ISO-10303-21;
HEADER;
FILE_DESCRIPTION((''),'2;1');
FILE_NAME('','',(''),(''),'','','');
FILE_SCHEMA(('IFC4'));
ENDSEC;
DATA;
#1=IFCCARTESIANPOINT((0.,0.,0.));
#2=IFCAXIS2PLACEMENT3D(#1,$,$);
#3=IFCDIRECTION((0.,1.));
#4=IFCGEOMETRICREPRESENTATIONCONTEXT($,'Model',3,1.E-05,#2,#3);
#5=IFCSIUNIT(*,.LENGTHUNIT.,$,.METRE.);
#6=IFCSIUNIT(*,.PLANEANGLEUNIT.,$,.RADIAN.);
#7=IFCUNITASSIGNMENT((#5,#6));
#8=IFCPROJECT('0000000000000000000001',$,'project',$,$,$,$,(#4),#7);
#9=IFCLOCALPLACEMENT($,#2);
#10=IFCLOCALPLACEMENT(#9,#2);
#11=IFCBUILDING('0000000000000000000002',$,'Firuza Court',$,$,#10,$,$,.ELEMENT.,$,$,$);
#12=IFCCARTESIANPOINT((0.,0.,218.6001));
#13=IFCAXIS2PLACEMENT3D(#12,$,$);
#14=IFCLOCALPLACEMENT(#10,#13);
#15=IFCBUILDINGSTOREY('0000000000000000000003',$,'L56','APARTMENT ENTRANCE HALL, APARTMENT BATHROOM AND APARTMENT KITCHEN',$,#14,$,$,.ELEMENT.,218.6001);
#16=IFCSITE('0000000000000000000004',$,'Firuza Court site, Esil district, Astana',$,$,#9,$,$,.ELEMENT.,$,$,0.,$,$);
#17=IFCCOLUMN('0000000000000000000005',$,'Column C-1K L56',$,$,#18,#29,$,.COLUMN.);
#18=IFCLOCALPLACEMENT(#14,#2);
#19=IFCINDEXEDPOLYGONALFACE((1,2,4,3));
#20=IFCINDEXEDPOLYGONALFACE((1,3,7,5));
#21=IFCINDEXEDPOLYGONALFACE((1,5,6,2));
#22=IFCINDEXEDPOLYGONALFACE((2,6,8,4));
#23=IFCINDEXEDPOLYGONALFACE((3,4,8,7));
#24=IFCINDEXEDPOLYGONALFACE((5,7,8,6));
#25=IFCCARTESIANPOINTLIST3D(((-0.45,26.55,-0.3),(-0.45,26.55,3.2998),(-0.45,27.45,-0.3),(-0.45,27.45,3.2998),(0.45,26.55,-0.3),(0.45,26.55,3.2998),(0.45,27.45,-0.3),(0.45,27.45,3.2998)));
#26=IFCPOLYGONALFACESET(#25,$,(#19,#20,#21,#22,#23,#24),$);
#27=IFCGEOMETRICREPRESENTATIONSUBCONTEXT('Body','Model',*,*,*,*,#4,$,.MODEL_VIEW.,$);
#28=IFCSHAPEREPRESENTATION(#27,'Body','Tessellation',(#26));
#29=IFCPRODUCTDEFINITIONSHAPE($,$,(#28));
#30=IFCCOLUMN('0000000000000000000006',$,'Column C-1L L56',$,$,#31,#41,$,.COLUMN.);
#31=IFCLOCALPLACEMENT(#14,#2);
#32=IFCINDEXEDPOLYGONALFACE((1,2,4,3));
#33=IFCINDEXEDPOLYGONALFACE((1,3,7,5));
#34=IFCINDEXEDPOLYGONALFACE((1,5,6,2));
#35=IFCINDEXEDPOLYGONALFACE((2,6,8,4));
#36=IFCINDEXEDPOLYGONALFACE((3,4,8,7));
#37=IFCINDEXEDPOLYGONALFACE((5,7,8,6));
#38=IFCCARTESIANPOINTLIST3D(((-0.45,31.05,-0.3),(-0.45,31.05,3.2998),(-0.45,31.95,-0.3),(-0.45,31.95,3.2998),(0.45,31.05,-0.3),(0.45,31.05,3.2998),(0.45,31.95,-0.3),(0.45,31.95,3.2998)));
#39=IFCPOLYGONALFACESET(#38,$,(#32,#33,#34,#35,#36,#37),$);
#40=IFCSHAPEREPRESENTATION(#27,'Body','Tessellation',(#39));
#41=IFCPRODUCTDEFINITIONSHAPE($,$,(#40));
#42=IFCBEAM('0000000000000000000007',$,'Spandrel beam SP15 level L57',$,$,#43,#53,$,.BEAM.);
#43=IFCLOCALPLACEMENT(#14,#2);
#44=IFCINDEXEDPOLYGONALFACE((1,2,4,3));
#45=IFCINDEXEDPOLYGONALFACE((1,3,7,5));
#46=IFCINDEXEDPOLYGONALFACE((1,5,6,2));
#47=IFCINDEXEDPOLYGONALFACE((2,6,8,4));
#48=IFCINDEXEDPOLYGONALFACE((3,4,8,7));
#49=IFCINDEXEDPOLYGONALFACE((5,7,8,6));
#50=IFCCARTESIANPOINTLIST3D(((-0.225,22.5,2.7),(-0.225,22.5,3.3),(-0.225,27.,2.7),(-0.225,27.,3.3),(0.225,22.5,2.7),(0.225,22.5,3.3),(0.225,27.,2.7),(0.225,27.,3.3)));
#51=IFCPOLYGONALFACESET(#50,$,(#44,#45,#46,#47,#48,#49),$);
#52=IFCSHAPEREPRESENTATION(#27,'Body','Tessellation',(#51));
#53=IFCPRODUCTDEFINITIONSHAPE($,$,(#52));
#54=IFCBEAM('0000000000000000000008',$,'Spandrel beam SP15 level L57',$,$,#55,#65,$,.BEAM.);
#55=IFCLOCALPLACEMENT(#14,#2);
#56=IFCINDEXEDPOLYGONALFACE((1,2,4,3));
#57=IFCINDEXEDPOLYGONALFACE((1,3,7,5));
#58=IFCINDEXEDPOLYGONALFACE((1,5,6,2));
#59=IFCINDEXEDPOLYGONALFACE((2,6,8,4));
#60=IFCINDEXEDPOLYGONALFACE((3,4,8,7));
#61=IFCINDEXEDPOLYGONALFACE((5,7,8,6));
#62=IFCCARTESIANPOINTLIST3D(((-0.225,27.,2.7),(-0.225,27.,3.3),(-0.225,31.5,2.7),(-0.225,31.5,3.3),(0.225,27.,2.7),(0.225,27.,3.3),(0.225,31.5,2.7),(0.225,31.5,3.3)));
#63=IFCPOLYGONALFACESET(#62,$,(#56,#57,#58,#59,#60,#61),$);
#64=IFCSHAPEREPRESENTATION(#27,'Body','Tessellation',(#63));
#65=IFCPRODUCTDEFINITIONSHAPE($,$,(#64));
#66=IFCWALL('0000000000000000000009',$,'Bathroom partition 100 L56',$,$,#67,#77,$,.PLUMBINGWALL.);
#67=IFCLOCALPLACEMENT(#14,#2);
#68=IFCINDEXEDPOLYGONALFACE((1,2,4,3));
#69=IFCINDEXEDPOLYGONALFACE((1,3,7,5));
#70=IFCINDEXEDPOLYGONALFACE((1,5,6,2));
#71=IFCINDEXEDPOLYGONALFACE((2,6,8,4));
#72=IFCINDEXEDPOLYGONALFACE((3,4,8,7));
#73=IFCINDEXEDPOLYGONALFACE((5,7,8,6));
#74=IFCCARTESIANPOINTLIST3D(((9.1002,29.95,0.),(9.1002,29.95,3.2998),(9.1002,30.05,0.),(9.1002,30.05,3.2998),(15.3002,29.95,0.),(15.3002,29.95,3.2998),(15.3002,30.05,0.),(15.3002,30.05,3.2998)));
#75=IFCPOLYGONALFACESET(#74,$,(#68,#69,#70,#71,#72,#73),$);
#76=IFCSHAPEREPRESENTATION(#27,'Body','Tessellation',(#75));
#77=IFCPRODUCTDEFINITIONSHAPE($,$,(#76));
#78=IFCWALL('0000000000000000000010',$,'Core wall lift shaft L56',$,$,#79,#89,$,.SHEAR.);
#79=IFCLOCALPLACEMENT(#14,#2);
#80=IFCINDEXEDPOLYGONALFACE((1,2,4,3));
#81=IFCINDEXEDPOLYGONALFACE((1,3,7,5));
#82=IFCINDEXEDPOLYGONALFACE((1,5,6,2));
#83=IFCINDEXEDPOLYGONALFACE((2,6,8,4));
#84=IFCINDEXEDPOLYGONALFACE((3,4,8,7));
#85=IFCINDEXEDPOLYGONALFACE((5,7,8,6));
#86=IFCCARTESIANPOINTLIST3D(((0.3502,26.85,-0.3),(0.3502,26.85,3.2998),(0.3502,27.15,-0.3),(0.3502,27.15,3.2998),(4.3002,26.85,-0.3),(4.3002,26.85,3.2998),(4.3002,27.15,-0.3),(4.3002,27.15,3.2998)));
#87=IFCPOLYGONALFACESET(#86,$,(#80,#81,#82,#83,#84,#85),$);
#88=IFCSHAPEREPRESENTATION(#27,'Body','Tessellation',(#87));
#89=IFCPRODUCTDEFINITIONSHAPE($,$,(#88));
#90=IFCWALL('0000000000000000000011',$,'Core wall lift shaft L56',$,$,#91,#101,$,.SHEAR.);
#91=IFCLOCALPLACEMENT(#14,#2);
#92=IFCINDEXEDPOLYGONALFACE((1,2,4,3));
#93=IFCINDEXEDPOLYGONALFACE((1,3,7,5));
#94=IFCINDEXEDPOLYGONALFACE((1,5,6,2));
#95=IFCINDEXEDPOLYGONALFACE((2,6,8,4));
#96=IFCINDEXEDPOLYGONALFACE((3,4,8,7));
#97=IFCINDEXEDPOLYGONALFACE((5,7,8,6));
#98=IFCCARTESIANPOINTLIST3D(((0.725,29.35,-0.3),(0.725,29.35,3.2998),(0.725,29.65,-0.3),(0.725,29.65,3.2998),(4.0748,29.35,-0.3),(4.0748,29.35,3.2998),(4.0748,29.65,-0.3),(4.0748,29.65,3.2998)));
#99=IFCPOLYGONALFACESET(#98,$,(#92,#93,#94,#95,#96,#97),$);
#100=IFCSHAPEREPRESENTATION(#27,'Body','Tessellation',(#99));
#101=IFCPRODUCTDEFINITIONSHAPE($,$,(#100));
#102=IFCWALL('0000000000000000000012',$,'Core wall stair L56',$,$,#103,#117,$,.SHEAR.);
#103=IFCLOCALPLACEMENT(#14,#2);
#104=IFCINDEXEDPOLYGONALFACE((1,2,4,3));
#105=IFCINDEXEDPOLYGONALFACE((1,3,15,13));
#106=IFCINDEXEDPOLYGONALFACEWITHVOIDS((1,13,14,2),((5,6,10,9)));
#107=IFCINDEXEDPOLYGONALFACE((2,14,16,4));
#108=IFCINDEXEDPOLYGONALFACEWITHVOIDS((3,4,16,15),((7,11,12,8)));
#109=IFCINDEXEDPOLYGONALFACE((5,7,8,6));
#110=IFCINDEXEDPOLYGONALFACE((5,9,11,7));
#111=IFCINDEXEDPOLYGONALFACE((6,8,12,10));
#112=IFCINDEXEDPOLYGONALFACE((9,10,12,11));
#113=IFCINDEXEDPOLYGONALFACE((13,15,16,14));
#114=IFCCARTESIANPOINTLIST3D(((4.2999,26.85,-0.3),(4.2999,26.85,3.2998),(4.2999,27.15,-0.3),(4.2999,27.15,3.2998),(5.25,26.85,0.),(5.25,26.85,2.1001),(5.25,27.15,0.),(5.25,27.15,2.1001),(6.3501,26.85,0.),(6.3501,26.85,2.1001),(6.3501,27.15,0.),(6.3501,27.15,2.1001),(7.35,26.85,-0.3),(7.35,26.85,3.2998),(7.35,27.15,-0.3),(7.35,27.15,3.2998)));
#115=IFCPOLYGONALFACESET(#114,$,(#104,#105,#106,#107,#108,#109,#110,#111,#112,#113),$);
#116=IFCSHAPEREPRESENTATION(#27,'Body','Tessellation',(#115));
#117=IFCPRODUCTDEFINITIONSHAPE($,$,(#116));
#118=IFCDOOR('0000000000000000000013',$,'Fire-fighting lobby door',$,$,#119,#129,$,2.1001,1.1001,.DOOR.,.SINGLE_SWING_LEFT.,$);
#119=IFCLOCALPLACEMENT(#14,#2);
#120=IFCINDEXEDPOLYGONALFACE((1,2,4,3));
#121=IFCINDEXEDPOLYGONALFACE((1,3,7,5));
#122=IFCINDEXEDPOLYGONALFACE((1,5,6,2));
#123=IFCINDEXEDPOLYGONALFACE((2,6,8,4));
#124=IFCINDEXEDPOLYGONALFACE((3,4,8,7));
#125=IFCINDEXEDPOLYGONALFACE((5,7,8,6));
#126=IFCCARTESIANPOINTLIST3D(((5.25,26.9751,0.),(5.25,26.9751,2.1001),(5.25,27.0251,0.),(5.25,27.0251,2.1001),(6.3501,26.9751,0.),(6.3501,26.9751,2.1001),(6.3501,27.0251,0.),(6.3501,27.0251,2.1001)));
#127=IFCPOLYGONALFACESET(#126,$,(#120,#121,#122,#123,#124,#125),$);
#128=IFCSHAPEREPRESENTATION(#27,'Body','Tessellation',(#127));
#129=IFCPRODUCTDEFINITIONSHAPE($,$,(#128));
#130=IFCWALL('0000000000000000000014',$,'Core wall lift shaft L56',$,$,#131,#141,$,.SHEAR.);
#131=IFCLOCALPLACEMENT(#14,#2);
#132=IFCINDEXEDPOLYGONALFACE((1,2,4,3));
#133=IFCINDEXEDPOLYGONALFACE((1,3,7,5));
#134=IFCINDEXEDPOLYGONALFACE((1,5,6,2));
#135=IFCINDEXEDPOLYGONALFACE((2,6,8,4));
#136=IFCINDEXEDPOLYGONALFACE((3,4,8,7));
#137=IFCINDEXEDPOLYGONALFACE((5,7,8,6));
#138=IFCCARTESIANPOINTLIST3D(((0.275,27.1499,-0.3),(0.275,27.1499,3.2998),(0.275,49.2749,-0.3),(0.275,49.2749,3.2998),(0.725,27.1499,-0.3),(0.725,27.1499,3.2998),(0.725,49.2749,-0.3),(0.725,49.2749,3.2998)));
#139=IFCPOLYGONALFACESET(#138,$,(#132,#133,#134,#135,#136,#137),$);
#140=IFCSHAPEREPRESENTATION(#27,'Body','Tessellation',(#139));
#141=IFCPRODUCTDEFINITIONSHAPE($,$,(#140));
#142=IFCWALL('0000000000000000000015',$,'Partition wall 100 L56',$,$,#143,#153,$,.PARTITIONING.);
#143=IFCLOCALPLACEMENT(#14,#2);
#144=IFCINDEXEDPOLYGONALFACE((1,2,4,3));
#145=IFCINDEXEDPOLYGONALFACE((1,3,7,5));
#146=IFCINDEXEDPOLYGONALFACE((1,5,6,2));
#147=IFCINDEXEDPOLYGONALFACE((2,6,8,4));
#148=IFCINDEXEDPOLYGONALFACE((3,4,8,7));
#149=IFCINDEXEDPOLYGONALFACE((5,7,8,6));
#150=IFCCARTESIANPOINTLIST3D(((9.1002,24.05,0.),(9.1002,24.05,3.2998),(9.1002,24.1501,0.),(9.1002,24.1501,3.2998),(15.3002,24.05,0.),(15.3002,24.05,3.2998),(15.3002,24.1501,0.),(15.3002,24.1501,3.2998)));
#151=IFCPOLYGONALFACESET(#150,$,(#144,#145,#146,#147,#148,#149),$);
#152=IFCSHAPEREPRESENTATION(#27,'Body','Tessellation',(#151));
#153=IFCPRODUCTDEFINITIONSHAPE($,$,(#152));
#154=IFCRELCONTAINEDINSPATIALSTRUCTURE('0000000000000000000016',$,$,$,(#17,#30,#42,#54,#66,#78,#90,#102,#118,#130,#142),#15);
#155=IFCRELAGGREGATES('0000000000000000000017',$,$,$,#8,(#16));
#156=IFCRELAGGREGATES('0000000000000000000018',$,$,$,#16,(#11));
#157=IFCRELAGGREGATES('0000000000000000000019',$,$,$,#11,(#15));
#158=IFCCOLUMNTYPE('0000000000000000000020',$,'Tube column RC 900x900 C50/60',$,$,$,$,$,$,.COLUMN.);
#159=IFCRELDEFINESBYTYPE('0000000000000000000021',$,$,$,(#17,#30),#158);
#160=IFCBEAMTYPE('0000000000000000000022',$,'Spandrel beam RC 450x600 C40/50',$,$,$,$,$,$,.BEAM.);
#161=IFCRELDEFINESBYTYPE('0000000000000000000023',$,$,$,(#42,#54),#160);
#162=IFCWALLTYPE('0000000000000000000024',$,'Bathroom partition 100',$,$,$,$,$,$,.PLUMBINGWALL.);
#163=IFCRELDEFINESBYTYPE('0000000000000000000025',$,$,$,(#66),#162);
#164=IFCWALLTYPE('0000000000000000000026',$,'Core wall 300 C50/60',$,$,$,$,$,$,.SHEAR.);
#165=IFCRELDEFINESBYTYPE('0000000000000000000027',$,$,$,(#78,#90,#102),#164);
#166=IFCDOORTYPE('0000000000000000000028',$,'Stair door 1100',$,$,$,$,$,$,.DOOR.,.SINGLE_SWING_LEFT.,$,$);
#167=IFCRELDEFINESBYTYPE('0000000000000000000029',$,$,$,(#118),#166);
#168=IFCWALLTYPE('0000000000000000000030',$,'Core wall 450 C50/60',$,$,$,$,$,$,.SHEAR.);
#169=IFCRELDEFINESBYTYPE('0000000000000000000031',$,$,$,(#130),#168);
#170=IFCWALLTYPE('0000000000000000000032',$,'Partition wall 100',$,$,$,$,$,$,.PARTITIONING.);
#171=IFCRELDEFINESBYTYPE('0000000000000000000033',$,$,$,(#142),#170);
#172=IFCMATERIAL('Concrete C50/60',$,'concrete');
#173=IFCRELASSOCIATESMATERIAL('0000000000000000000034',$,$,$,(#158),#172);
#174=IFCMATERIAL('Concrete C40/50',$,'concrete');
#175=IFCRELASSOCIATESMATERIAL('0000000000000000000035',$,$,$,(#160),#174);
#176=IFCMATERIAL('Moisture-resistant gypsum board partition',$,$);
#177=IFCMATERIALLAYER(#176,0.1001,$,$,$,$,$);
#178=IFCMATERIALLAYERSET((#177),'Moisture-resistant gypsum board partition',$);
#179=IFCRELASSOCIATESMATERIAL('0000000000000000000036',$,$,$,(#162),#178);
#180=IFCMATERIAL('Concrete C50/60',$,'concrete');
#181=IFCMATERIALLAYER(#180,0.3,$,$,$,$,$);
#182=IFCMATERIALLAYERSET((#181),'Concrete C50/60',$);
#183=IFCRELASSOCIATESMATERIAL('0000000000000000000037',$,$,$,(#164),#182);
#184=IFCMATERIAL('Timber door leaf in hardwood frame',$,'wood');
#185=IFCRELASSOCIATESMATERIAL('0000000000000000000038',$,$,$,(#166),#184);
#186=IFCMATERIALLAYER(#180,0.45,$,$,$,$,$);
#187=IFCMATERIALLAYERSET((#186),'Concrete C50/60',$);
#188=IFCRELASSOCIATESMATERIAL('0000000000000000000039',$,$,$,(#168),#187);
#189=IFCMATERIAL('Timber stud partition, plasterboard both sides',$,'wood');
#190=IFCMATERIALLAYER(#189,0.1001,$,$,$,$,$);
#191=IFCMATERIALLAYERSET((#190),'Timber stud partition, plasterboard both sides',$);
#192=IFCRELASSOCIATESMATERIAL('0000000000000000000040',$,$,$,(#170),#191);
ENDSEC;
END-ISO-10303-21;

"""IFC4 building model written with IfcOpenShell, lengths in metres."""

from ifc_helpers import new_model, si_unit, direction, frame, frame_2d, origin, origin_2d, place, context, subcontext, project, spatial, rectangle, extrude, material, layer, layer_set, material_profile, profile_set, type_object, element, fill, save


model = new_model("IFC4")

# Units and contexts
model_context = context("Model", 3, precision=1e-05, world=origin(), true_north=direction((0.0, 1.0)))
body_context = subcontext(model_context, "Body", "Model", "MODEL_VIEW")
ifc_project = project(units=[si_unit("LENGTHUNIT", "METRE"), si_unit("PLANEANGLEUNIT", "RADIAN")], contexts=[model_context])

# Site, building, storey
site_placement = place(None, origin())
site = spatial("IfcSite", under=ifc_project, at=site_placement, Name="Firuza Court site, Esil district, Astana", CompositionType="ELEMENT", RefElevation=0.0)
building_placement = place(site_placement, origin())
building = spatial("IfcBuilding", under=site, at=building_placement, Name="Firuza Court", CompositionType="ELEMENT")
storey_placement = place(building_placement, frame((0.0, 0.0, 218.6001)))
storey = spatial("IfcBuildingStorey", under=building, at=storey_placement, Name="L56", Description="APARTMENT ENTRANCE HALL, APARTMENT BATHROOM AND APARTMENT KITCHEN", CompositionType="ELEMENT", Elevation=218.6001)

# Columns
ifc_material_1 = material(Name="Concrete C50/60", Category="concrete")
ifc_material_profile_1 = material_profile(ifc_material_1, rectangle(XDim=0.8999, YDim=0.8999, at=origin_2d()), Name="RC 900x900")
ifc_profile_set_1 = profile_set([ifc_material_profile_1], Name="Concrete C50/60")
column_type = type_object("IfcColumnType", Name="Tube column RC 900x900 C50/60", PredefinedType="COLUMN", material=ifc_profile_set_1)
for number, where, z_axis, x_axis, name in (
    (1, (0.0, 27.0, -0.3), (0.0, 0.0, 1.0), (1.0, 0.0, 0.0), "Column C-1K L56"),
    (2, (0.0, 31.5, -0.3), (0.0, 0.0, 1.0), (1.0, 0.0, 0.0), "Column C-1L L56"),
):
    element("IfcColumn", number, at=place(storey_placement, frame(where, z_axis=z_axis, x_axis=x_axis)), inside=storey, type_object=column_type, Name=name, PredefinedType="COLUMN", context=body_context, shape_type="SweptSolid", body=[
        extrude(rectangle(XDim=0.8999, YDim=0.8999, at=origin_2d()), origin(), (0.0, 0.0, 1.0), 3.5999),
    ])

# Beams
ifc_material_2 = material(Name="Concrete C40/50", Category="concrete")
ifc_material_profile_2 = material_profile(ifc_material_2, rectangle(XDim=0.45, YDim=0.6001, at=origin_2d()), Name="RC 450x600")
ifc_profile_set_2 = profile_set([ifc_material_profile_2], Name="Concrete C40/50")
beam_type = type_object("IfcBeamType", Name="Spandrel beam RC 450x600 C40/50", PredefinedType="BEAM", material=ifc_profile_set_2)
for number, where, z_axis, x_axis, name in (
    (3, (0.0, 27.0, 3.0), (0.0, -1.0, 0.0), (1.0, 0.0, 0.0), "Spandrel beam SP15 level L57"),
    (4, (0.0, 31.5, 3.0), (0.0, -1.0, 0.0), (1.0, 0.0, 0.0), "Spandrel beam SP15 level L57"),
):
    element("IfcBeam", number, at=place(storey_placement, frame(where, z_axis=z_axis, x_axis=x_axis)), inside=storey, type_object=beam_type, Name=name, PredefinedType="BEAM", context=body_context, shape_type="SweptSolid", body=[
        extrude(rectangle(XDim=0.45, YDim=0.6001, at=origin_2d()), origin(), (0.0, 0.0, 1.0), 4.5),
    ])

# Walls
ifc_material_3 = material(Name="Moisture-resistant gypsum board partition")
ifc_layer_1 = layer(ifc_material_3, 0.1001)
ifc_layer_set_1 = layer_set([ifc_layer_1], Name="Moisture-resistant gypsum board partition")
wall_type_1 = type_object("IfcWallType", Name="Bathroom partition 100", PredefinedType="PLUMBINGWALL", material=ifc_layer_set_1)
wall_1_placement = place(storey_placement, frame((9.1001, 30.0, 0.0), z_axis=(0.0, 0.0, 1.0), x_axis=(1.0, 0.0, 0.0)))
element("IfcWall", 5, at=wall_1_placement, inside=storey, type_object=wall_type_1, Name="Bathroom partition 100 L56", PredefinedType="PLUMBINGWALL", context=body_context, shape_type="SweptSolid", body=[
    extrude(rectangle(XDim=6.2, YDim=0.1001, at=frame_2d((3.1001, 0.0))), origin(), (0.0, 0.0, 1.0), 3.2998),
])
ifc_material_4 = material(Name="Concrete C50/60", Category="concrete")
ifc_layer_2 = layer(ifc_material_4, 0.3)
ifc_layer_set_2 = layer_set([ifc_layer_2], Name="Concrete C50/60")
wall_type_2 = type_object("IfcWallType", Name="Core wall 300 C50/60", PredefinedType="SHEAR", material=ifc_layer_set_2)
wall_2_placement = place(storey_placement, frame((0.3501, 27.0, -0.3), z_axis=(0.0, 0.0, 1.0), x_axis=(1.0, 0.0, 0.0)))
element("IfcWall", 6, at=wall_2_placement, inside=storey, type_object=wall_type_2, Name="Core wall lift shaft L56", PredefinedType="SHEAR", context=body_context, shape_type="SweptSolid", body=[
    extrude(rectangle(XDim=3.95, YDim=0.3, at=frame_2d((1.9751, 0.0))), origin(), (0.0, 0.0, 1.0), 3.5999),
])
wall_3_placement = place(storey_placement, frame((0.7251, 29.5, -0.3), z_axis=(0.0, 0.0, 1.0), x_axis=(1.0, 0.0, 0.0)))
element("IfcWall", 7, at=wall_3_placement, inside=storey, type_object=wall_type_2, Name="Core wall lift shaft L56", PredefinedType="SHEAR", context=body_context, shape_type="SweptSolid", body=[
    extrude(rectangle(XDim=3.3499, YDim=0.3, at=frame_2d((1.6748, 0.0))), origin(), (0.0, 0.0, 1.0), 3.5999),
])

# Wall, opening, door
wall_4_placement = place(storey_placement, frame((4.3, 27.0, -0.3), z_axis=(0.0, 0.0, 1.0), x_axis=(1.0, 0.0, 0.0)))
wall_4 = element("IfcWall", 8, at=wall_4_placement, inside=storey, type_object=wall_type_2, Name="Core wall stair L56", PredefinedType="SHEAR", context=body_context, shape_type="SweptSolid", body=[
    extrude(rectangle(XDim=3.05, YDim=0.3, at=frame_2d((1.5249, 0.0))), origin(), (0.0, 0.0, 1.0), 3.5999),
])
opening_1_placement = place(wall_4_placement, frame((0.95, 0.0, 0.3)))
opening_1 = element("IfcOpeningElement", 9, at=opening_1_placement, cuts=wall_4, PredefinedType="OPENING", context=body_context, shape_type="SweptSolid", body=[
    extrude(rectangle(XDim=1.1001, YDim=2.1001, at=frame_2d((0.55, 1.05))), frame((0.0, 0.1621, 0.0), z_axis=(0.0, -1.0, 0.0), x_axis=(1.0, 0.0, 0.0)), (0.0, 0.0, 1.0), 0.324),
])
ifc_material_5 = material(Name="Timber door leaf in hardwood frame", Category="wood")
door_type_1 = type_object("IfcDoorType", Name="Stair door 1100", OperationType="SINGLE_SWING_LEFT", PredefinedType="DOOR", material=ifc_material_5)
door_1_placement = place(opening_1_placement, frame((1.1001, 0.0, 0.0), z_axis=(0.0, 0.0, 1.0), x_axis=(-1.0, 0.0, 0.0)))
door_1 = element("IfcDoor", 10, at=door_1_placement, inside=storey, type_object=door_type_1, Name="Fire-fighting lobby door", OperationType="SINGLE_SWING_LEFT", OverallHeight=2.1001, OverallWidth=1.1001, PredefinedType="DOOR", context=body_context, shape_type="SweptSolid", body=[
    extrude(rectangle(XDim=1.1001, YDim=2.1001, at=frame_2d((0.55, 1.05))), frame((0.0, 0.0249, 0.0), z_axis=(0.0, -1.0, 0.0), x_axis=(1.0, 0.0, 0.0)), (0.0, 0.0, 1.0), 0.05),
])
fill(opening_1, door_1)

# Wall
ifc_layer_3 = layer(ifc_material_4, 0.45)
ifc_layer_set_3 = layer_set([ifc_layer_3], Name="Concrete C50/60")
wall_type_3 = type_object("IfcWallType", Name="Core wall 450 C50/60", PredefinedType="SHEAR", material=ifc_layer_set_3)
wall_5_placement = place(storey_placement, frame((0.5, 27.1499, -0.3), z_axis=(0.0, 0.0, 1.0), x_axis=(0.0, 1.0, 0.0)))
element("IfcWall", 11, at=wall_5_placement, inside=storey, type_object=wall_type_3, Name="Core wall lift shaft L56", PredefinedType="SHEAR", context=body_context, shape_type="SweptSolid", body=[
    extrude(rectangle(XDim=22.125, YDim=0.45, at=frame_2d((11.0625, 0.0))), origin(), (0.0, 0.0, 1.0), 3.5999),
])

# Wall
ifc_material_6 = material(Name="Timber stud partition, plasterboard both sides", Category="wood")
ifc_layer_4 = layer(ifc_material_6, 0.1001)
ifc_layer_set_4 = layer_set([ifc_layer_4], Name="Timber stud partition, plasterboard both sides")
wall_type_4 = type_object("IfcWallType", Name="Partition wall 100", PredefinedType="PARTITIONING", material=ifc_layer_set_4)
wall_6_placement = place(storey_placement, frame((9.1001, 24.1001, 0.0), z_axis=(0.0, 0.0, 1.0), x_axis=(1.0, 0.0, 0.0)))
element("IfcWall", 12, at=wall_6_placement, inside=storey, type_object=wall_type_4, Name="Partition wall 100 L56", PredefinedType="PARTITIONING", context=body_context, shape_type="SweptSolid", body=[
    extrude(rectangle(XDim=6.2, YDim=0.1001, at=frame_2d((3.1001, 0.0))), origin(), (0.0, 0.0, 1.0), 3.2998),
])

save(model, "model.ifc")
